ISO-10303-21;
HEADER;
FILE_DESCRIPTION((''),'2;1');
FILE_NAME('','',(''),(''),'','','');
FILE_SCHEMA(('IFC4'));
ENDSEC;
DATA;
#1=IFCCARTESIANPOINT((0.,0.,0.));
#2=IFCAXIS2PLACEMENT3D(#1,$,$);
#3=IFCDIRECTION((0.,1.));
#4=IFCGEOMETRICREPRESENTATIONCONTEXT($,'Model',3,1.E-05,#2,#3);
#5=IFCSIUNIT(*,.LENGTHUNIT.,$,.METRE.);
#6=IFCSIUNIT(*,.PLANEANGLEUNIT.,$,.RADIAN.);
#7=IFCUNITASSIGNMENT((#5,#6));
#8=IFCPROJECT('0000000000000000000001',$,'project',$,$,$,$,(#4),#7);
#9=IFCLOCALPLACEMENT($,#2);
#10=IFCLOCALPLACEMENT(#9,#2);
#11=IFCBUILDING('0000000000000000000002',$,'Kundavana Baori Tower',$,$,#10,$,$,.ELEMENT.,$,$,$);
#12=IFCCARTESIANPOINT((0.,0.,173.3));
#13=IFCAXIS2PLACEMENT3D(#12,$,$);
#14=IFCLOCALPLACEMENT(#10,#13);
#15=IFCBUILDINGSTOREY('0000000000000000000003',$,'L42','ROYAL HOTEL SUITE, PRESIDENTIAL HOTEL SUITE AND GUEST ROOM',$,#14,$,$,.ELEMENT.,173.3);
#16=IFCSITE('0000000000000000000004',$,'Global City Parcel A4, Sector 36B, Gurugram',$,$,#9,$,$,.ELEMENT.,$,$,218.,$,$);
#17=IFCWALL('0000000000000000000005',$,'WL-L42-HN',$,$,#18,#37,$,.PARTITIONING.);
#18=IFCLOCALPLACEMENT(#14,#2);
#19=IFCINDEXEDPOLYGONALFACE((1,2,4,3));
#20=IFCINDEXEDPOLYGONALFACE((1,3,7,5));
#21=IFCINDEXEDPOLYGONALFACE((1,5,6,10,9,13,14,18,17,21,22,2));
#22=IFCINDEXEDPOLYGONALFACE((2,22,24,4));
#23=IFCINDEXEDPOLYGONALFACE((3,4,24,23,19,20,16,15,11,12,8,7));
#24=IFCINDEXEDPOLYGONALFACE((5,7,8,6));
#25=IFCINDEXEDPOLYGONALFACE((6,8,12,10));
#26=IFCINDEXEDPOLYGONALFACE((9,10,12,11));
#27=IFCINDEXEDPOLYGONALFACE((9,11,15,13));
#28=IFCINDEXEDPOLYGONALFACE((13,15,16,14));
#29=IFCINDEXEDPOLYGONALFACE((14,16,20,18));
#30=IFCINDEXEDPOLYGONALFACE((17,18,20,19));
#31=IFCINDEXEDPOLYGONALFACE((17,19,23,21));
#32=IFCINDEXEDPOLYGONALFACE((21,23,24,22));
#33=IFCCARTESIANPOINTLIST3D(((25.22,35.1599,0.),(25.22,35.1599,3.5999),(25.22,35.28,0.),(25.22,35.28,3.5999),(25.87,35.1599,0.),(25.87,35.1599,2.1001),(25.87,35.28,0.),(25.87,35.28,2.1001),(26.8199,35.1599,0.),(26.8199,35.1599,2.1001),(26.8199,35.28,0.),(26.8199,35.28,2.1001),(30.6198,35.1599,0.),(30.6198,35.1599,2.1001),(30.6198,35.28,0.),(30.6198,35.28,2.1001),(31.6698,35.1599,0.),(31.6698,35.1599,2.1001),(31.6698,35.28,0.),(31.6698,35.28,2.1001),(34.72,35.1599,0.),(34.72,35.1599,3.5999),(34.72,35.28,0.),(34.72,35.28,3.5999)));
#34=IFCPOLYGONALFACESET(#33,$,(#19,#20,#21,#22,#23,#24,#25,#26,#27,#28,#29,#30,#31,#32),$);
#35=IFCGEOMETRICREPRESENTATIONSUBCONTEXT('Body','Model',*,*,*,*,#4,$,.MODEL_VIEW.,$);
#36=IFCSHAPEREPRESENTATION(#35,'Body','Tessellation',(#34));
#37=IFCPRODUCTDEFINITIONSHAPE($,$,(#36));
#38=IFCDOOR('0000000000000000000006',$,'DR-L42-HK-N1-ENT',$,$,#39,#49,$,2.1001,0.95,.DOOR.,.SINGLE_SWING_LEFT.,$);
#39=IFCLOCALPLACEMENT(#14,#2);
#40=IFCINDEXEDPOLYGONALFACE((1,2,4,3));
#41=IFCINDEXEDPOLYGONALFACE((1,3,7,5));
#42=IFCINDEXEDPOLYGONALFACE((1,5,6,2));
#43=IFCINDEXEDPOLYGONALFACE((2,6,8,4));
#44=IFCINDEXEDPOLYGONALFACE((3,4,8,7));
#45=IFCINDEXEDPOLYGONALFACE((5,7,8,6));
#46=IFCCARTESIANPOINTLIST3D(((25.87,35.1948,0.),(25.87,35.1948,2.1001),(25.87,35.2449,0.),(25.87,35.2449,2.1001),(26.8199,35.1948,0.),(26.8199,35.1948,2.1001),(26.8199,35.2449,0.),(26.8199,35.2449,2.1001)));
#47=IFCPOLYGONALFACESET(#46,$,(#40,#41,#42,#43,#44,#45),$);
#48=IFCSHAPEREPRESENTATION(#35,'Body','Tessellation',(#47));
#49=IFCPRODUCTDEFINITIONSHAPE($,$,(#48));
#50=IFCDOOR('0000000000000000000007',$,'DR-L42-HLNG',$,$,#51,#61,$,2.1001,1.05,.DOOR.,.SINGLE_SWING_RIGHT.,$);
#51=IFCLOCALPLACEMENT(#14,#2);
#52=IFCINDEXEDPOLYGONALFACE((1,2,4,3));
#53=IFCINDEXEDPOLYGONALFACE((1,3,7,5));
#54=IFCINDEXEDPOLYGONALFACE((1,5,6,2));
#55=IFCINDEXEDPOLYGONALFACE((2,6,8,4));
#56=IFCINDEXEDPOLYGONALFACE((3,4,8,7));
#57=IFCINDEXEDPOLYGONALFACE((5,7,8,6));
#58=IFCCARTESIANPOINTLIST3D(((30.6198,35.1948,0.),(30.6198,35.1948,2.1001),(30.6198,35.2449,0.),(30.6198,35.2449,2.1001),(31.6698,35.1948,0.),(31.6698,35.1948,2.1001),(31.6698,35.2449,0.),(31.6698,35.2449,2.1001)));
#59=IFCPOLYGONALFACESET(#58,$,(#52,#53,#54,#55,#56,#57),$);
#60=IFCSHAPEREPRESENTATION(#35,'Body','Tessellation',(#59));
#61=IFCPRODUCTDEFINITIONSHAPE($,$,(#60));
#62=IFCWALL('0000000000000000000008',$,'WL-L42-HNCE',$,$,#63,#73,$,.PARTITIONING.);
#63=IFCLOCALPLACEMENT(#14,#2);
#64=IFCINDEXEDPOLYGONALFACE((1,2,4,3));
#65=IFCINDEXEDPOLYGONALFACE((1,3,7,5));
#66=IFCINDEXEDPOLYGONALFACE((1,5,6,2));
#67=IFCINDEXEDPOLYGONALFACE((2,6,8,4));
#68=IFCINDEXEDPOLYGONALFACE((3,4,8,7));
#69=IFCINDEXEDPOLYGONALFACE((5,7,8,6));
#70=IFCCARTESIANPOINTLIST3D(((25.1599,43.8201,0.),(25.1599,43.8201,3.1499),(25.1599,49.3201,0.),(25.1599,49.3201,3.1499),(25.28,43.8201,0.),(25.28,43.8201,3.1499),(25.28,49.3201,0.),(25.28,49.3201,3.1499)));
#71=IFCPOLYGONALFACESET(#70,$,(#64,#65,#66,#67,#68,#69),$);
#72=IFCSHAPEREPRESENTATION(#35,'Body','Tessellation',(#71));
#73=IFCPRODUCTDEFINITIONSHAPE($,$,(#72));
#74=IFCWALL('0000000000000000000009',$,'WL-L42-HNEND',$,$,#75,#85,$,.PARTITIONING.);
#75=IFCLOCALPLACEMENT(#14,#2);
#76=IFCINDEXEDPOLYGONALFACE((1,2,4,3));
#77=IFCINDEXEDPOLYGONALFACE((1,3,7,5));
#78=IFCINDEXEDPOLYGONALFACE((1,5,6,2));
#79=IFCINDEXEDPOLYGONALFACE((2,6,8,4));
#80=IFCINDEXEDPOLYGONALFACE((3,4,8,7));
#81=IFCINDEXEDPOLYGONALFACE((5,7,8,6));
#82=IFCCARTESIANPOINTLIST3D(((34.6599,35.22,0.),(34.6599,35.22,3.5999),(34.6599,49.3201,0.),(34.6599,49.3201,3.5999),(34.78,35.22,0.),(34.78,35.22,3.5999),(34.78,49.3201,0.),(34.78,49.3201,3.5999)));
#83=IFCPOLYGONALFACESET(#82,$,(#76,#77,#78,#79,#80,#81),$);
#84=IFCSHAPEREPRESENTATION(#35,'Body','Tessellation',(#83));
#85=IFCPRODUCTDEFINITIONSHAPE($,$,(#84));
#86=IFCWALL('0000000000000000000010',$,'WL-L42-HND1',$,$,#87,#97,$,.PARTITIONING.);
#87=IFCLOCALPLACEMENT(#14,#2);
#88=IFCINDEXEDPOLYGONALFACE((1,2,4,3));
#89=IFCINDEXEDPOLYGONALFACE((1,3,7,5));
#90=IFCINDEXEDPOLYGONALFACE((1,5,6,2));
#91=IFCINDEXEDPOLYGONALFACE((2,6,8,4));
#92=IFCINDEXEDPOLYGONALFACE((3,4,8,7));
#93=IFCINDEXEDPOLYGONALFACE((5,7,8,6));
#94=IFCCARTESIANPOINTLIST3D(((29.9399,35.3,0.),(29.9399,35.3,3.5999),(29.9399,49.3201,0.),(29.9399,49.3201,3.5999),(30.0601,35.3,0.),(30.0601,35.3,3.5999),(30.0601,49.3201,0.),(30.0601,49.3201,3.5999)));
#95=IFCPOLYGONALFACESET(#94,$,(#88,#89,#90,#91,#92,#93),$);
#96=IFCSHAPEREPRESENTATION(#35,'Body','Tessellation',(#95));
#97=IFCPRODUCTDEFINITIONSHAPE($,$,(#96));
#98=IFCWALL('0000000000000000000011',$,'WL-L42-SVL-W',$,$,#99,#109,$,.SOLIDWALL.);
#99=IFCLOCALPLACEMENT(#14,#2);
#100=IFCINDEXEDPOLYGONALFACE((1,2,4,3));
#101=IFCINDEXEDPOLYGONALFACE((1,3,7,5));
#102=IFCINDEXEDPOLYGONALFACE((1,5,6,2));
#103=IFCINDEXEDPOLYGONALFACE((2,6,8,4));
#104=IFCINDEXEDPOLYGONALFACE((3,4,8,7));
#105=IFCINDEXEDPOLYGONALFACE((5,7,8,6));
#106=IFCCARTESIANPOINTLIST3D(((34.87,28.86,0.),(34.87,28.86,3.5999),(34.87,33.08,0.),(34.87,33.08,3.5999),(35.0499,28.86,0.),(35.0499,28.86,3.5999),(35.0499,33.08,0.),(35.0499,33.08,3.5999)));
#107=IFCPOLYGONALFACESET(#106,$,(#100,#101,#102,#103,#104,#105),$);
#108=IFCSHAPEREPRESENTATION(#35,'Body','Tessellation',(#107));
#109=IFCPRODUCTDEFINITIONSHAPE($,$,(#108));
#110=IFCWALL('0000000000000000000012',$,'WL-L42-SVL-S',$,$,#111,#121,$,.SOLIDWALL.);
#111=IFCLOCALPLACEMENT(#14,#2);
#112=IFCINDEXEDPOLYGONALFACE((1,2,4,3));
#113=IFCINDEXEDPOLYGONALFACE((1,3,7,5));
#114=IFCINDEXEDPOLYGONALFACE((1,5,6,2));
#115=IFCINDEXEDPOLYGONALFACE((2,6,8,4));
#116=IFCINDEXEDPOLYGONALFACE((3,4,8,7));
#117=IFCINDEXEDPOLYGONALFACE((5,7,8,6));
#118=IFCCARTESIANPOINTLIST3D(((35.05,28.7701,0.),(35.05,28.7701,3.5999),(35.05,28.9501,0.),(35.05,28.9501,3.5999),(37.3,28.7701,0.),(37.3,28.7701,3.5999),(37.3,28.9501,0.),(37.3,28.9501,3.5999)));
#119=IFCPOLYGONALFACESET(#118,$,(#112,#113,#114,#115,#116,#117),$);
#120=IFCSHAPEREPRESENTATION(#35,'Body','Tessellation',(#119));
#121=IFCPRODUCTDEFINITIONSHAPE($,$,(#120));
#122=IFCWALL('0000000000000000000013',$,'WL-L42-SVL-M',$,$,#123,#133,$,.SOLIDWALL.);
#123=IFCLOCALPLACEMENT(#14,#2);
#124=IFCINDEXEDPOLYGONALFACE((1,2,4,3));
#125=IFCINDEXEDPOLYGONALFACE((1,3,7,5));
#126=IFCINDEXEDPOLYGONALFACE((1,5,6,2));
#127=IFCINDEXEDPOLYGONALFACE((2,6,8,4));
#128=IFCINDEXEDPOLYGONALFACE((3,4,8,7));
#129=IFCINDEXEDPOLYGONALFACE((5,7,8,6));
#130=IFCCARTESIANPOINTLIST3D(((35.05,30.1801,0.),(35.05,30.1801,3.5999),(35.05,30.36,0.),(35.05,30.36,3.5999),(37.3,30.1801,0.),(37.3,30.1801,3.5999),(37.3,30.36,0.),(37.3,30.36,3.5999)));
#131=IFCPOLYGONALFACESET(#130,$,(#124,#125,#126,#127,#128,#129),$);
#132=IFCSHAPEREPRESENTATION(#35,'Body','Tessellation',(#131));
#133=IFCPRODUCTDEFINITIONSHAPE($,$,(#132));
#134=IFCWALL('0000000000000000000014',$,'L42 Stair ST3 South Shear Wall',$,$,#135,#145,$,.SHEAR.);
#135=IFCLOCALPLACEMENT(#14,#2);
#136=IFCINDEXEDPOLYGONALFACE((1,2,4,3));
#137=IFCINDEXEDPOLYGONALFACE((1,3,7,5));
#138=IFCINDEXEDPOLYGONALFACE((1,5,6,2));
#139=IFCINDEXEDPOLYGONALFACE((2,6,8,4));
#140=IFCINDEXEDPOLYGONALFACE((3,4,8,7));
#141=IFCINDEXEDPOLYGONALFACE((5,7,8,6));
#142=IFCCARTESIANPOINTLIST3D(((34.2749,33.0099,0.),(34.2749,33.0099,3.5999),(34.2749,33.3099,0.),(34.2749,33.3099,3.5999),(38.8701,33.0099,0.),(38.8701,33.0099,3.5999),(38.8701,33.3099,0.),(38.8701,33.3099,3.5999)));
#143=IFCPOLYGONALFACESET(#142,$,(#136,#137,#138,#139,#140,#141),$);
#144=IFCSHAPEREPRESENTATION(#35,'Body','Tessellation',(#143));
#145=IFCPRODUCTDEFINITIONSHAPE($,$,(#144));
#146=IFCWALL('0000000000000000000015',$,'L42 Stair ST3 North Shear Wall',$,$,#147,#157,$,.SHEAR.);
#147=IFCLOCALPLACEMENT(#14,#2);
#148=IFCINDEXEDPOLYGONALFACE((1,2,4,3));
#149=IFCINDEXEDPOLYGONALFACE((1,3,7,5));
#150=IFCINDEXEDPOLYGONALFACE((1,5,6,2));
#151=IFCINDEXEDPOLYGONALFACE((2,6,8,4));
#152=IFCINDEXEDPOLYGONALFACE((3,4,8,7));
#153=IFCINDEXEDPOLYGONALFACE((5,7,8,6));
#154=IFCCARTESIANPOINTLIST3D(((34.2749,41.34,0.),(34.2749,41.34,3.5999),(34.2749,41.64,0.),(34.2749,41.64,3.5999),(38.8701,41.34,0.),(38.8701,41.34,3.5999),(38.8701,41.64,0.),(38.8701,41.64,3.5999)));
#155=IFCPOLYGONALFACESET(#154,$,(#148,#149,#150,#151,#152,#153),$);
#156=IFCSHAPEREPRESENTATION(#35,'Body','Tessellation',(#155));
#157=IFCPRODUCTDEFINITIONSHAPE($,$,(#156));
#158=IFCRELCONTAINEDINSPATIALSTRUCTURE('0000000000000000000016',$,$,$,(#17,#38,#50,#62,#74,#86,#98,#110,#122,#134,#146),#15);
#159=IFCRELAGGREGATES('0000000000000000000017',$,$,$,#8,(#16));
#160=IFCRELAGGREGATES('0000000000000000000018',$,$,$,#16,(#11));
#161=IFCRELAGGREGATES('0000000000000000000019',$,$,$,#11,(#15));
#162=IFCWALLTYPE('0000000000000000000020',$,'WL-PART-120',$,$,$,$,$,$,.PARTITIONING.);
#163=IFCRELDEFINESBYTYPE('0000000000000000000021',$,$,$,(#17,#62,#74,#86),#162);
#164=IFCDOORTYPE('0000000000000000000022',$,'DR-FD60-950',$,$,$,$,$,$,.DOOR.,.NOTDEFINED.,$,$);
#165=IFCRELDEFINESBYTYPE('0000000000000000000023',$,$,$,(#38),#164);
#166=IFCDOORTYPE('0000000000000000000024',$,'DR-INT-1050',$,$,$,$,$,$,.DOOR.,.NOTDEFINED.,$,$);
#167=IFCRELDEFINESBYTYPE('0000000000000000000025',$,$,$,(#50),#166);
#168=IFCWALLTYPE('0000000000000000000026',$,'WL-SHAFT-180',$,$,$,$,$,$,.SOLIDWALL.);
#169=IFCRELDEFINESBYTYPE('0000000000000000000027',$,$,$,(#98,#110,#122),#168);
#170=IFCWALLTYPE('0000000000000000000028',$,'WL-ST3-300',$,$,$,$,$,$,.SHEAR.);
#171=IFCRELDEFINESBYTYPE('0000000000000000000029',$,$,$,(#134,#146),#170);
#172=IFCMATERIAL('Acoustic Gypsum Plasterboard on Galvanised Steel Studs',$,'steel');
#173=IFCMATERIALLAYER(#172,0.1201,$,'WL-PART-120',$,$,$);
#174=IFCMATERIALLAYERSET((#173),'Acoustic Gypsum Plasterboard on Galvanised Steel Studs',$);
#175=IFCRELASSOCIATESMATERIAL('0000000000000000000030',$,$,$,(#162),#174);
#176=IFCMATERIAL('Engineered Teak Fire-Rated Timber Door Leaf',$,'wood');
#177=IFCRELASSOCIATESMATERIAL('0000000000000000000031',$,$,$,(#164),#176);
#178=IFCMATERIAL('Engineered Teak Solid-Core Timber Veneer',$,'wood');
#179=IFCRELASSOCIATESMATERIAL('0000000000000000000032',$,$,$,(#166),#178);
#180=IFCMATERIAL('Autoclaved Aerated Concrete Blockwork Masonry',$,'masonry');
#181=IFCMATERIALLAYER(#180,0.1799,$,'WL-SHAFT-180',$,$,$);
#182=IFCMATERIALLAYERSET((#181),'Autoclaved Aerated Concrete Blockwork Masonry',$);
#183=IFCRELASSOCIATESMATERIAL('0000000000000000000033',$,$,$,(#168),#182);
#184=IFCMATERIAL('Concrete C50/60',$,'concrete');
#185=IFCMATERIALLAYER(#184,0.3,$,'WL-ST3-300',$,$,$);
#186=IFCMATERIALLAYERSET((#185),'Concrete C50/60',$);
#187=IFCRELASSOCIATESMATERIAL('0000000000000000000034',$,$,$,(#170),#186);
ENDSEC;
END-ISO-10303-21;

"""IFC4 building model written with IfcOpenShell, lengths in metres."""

from ifc_helpers import new_model, si_unit, direction, frame, frame_2d, origin, place, context, subcontext, project, spatial, rectangle, extrude, material, layer, layer_set, type_object, element, fill, save


model = new_model("IFC4")

# Units and contexts
model_context = context("Model", 3, precision=1e-05, world=origin(), true_north=direction((0.0, 1.0)))
body_context = subcontext(model_context, "Body", "Model", "MODEL_VIEW")
ifc_project = project(units=[si_unit("LENGTHUNIT", "METRE"), si_unit("PLANEANGLEUNIT", "RADIAN")], contexts=[model_context])

# Site, building, storey
site_placement = place(None, origin())
site = spatial("IfcSite", under=ifc_project, at=site_placement, Name="Global City Parcel A4, Sector 36B, Gurugram", CompositionType="ELEMENT", RefElevation=218.0)
building_placement = place(site_placement, origin())
building = spatial("IfcBuilding", under=site, at=building_placement, Name="Kundavana Baori Tower", CompositionType="ELEMENT")
storey_placement = place(building_placement, frame((0.0, 0.0, 173.3)))
storey = spatial("IfcBuildingStorey", under=building, at=storey_placement, Name="L42", Description="ROYAL HOTEL SUITE, PRESIDENTIAL HOTEL SUITE AND GUEST ROOM", CompositionType="ELEMENT", Elevation=173.3)

# Wall, openings, doors
ifc_material_1 = material(Name="Acoustic Gypsum Plasterboard on Galvanised Steel Studs", Category="steel")
ifc_layer_1 = layer(ifc_material_1, 0.1201, Name="WL-PART-120")
ifc_layer_set_1 = layer_set([ifc_layer_1], Name="Acoustic Gypsum Plasterboard on Galvanised Steel Studs")
wall_type_1 = type_object("IfcWallType", Name="WL-PART-120", PredefinedType="PARTITIONING", material=ifc_layer_set_1)
wall_1_placement = place(storey_placement, frame((25.22, 35.22, 0.0), z_axis=(0.0, 0.0, 1.0), x_axis=(1.0, 0.0, 0.0)))
wall_1 = element("IfcWall", 1, at=wall_1_placement, inside=storey, type_object=wall_type_1, Name="WL-L42-HN", PredefinedType="PARTITIONING", context=body_context, shape_type="SweptSolid", body=[
    extrude(rectangle(XDim=9.5, YDim=0.1201, at=frame_2d((4.75, 0.0))), origin(), (0.0, 0.0, 1.0), 3.5999),
])
opening_1_placement = place(wall_1_placement, frame((0.6499, 0.0, 0.0)))
opening_1 = element("IfcOpeningElement", 2, at=opening_1_placement, cuts=wall_1, PredefinedType="OPENING", context=body_context, shape_type="SweptSolid", body=[
    extrude(rectangle(XDim=0.95, YDim=2.1001, at=frame_2d((0.4751, 1.05))), frame((0.0, 0.0701, 0.0), z_axis=(0.0, -1.0, 0.0), x_axis=(1.0, 0.0, 0.0)), (0.0, 0.0, 1.0), 0.1401),
])
opening_2_placement = place(wall_1_placement, frame((5.3999, 0.0, 0.0)))
opening_2 = element("IfcOpeningElement", 3, at=opening_2_placement, cuts=wall_1, PredefinedType="OPENING", context=body_context, shape_type="SweptSolid", body=[
    extrude(rectangle(XDim=1.05, YDim=2.1001, at=frame_2d((0.5249, 1.05))), frame((0.0, 0.0701, 0.0), z_axis=(0.0, -1.0, 0.0), x_axis=(1.0, 0.0, 0.0)), (0.0, 0.0, 1.0), 0.1401),
])
ifc_material_2 = material(Name="Engineered Teak Fire-Rated Timber Door Leaf", Category="wood")
door_type_1 = type_object("IfcDoorType", Name="DR-FD60-950", OperationType="NOTDEFINED", PredefinedType="DOOR", material=ifc_material_2)
door_1_placement = place(opening_1_placement, origin())
door_1 = element("IfcDoor", 4, at=door_1_placement, inside=storey, type_object=door_type_1, Name="DR-L42-HK-N1-ENT", OperationType="SINGLE_SWING_LEFT", OverallHeight=2.1001, OverallWidth=0.95, PredefinedType="DOOR", context=body_context, shape_type="SweptSolid", body=[
    extrude(rectangle(XDim=0.95, YDim=2.1001, at=frame_2d((0.4751, 1.05))), frame((0.0, 0.0249, 0.0), z_axis=(0.0, -1.0, 0.0), x_axis=(1.0, 0.0, 0.0)), (0.0, 0.0, 1.0), 0.05),
])
fill(opening_1, door_1)
ifc_material_3 = material(Name="Engineered Teak Solid-Core Timber Veneer", Category="wood")
door_type_2 = type_object("IfcDoorType", Name="DR-INT-1050", OperationType="NOTDEFINED", PredefinedType="DOOR", material=ifc_material_3)
door_2_placement = place(opening_2_placement, origin())
door_2 = element("IfcDoor", 5, at=door_2_placement, inside=storey, type_object=door_type_2, Name="DR-L42-HLNG", OperationType="SINGLE_SWING_RIGHT", OverallHeight=2.1001, OverallWidth=1.05, PredefinedType="DOOR", context=body_context, shape_type="SweptSolid", body=[
    extrude(rectangle(XDim=1.05, YDim=2.1001, at=frame_2d((0.5249, 1.05))), frame((0.0, 0.0249, 0.0), z_axis=(0.0, -1.0, 0.0), x_axis=(1.0, 0.0, 0.0)), (0.0, 0.0, 1.0), 0.05),
])
fill(opening_2, door_2)

# Walls
wall_2_placement = place(storey_placement, frame((25.22, 43.8201, 0.0), z_axis=(0.0, 0.0, 1.0), x_axis=(0.0, 1.0, 0.0)))
element("IfcWall", 6, at=wall_2_placement, inside=storey, type_object=wall_type_1, Name="WL-L42-HNCE", PredefinedType="PARTITIONING", context=body_context, shape_type="SweptSolid", body=[
    extrude(rectangle(XDim=5.5, YDim=0.1201, at=frame_2d((2.75, 0.0))), origin(), (0.0, 0.0, 1.0), 3.1499),
])
wall_3_placement = place(storey_placement, frame((34.72, 35.22, 0.0), z_axis=(0.0, 0.0, 1.0), x_axis=(0.0, 1.0, 0.0)))
element("IfcWall", 7, at=wall_3_placement, inside=storey, type_object=wall_type_1, Name="WL-L42-HNEND", PredefinedType="PARTITIONING", context=body_context, shape_type="SweptSolid", body=[
    extrude(rectangle(XDim=14.1001, YDim=0.1201, at=frame_2d((7.05, 0.0))), origin(), (0.0, 0.0, 1.0), 3.5999),
])
wall_4_placement = place(storey_placement, frame((30.0, 35.3, 0.0), z_axis=(0.0, 0.0, 1.0), x_axis=(0.0, 1.0, 0.0)))
element("IfcWall", 8, at=wall_4_placement, inside=storey, type_object=wall_type_1, Name="WL-L42-HND1", PredefinedType="PARTITIONING", context=body_context, shape_type="SweptSolid", body=[
    extrude(rectangle(XDim=14.02, YDim=0.1201, at=frame_2d((7.01, 0.0))), origin(), (0.0, 0.0, 1.0), 3.5999),
])
ifc_material_4 = material(Name="Autoclaved Aerated Concrete Blockwork Masonry", Category="masonry")
ifc_layer_2 = layer(ifc_material_4, 0.1799, Name="WL-SHAFT-180")
ifc_layer_set_2 = layer_set([ifc_layer_2], Name="Autoclaved Aerated Concrete Blockwork Masonry")
wall_type_2 = type_object("IfcWallType", Name="WL-SHAFT-180", PredefinedType="SOLIDWALL", material=ifc_layer_set_2)
wall_5_placement = place(storey_placement, frame((34.96, 28.8601, 0.0), z_axis=(0.0, 0.0, 1.0), x_axis=(0.0, 1.0, 0.0)))
element("IfcWall", 9, at=wall_5_placement, inside=storey, type_object=wall_type_2, Name="WL-L42-SVL-W", PredefinedType="SOLIDWALL", context=body_context, shape_type="SweptSolid", body=[
    extrude(rectangle(XDim=4.22, YDim=0.1799, at=frame_2d((2.1099, 0.0))), origin(), (0.0, 0.0, 1.0), 3.5999),
])
for number, where, z_axis, x_axis, name in (
    (10, (35.05, 28.8601, 0.0), (0.0, 0.0, 1.0), (1.0, 0.0, 0.0), "WL-L42-SVL-S"),
    (11, (35.05, 30.27, 0.0), (0.0, 0.0, 1.0), (1.0, 0.0, 0.0), "WL-L42-SVL-M"),
):
    element("IfcWall", number, at=place(storey_placement, frame(where, z_axis=z_axis, x_axis=x_axis)), inside=storey, type_object=wall_type_2, Name=name, PredefinedType="SOLIDWALL", context=body_context, shape_type="SweptSolid", body=[
        extrude(rectangle(XDim=2.25, YDim=0.1799, at=frame_2d((1.125, 0.0))), origin(), (0.0, 0.0, 1.0), 3.5999),
    ])
ifc_material_5 = material(Name="Concrete C50/60", Category="concrete")
ifc_layer_3 = layer(ifc_material_5, 0.3, Name="WL-ST3-300")
ifc_layer_set_3 = layer_set([ifc_layer_3], Name="Concrete C50/60")
wall_type_3 = type_object("IfcWallType", Name="WL-ST3-300", PredefinedType="SHEAR", material=ifc_layer_set_3)
for number, where, z_axis, x_axis, name in (
    (12, (34.2749, 33.1599, 0.0), (0.0, 0.0, 1.0), (1.0, 0.0, 0.0), "L42 Stair ST3 South Shear Wall"),
    (13, (34.2749, 41.49, 0.0), (0.0, 0.0, 1.0), (1.0, 0.0, 0.0), "L42 Stair ST3 North Shear Wall"),
):
    element("IfcWall", number, at=place(storey_placement, frame(where, z_axis=z_axis, x_axis=x_axis)), inside=storey, type_object=wall_type_3, Name=name, PredefinedType="SHEAR", context=body_context, shape_type="SweptSolid", body=[
        extrude(rectangle(XDim=4.5952, YDim=0.3, at=frame_2d((2.2976, 0.0))), origin(), (0.0, 0.0, 1.0), 3.5999),
    ])

save(model, "model.ifc")
